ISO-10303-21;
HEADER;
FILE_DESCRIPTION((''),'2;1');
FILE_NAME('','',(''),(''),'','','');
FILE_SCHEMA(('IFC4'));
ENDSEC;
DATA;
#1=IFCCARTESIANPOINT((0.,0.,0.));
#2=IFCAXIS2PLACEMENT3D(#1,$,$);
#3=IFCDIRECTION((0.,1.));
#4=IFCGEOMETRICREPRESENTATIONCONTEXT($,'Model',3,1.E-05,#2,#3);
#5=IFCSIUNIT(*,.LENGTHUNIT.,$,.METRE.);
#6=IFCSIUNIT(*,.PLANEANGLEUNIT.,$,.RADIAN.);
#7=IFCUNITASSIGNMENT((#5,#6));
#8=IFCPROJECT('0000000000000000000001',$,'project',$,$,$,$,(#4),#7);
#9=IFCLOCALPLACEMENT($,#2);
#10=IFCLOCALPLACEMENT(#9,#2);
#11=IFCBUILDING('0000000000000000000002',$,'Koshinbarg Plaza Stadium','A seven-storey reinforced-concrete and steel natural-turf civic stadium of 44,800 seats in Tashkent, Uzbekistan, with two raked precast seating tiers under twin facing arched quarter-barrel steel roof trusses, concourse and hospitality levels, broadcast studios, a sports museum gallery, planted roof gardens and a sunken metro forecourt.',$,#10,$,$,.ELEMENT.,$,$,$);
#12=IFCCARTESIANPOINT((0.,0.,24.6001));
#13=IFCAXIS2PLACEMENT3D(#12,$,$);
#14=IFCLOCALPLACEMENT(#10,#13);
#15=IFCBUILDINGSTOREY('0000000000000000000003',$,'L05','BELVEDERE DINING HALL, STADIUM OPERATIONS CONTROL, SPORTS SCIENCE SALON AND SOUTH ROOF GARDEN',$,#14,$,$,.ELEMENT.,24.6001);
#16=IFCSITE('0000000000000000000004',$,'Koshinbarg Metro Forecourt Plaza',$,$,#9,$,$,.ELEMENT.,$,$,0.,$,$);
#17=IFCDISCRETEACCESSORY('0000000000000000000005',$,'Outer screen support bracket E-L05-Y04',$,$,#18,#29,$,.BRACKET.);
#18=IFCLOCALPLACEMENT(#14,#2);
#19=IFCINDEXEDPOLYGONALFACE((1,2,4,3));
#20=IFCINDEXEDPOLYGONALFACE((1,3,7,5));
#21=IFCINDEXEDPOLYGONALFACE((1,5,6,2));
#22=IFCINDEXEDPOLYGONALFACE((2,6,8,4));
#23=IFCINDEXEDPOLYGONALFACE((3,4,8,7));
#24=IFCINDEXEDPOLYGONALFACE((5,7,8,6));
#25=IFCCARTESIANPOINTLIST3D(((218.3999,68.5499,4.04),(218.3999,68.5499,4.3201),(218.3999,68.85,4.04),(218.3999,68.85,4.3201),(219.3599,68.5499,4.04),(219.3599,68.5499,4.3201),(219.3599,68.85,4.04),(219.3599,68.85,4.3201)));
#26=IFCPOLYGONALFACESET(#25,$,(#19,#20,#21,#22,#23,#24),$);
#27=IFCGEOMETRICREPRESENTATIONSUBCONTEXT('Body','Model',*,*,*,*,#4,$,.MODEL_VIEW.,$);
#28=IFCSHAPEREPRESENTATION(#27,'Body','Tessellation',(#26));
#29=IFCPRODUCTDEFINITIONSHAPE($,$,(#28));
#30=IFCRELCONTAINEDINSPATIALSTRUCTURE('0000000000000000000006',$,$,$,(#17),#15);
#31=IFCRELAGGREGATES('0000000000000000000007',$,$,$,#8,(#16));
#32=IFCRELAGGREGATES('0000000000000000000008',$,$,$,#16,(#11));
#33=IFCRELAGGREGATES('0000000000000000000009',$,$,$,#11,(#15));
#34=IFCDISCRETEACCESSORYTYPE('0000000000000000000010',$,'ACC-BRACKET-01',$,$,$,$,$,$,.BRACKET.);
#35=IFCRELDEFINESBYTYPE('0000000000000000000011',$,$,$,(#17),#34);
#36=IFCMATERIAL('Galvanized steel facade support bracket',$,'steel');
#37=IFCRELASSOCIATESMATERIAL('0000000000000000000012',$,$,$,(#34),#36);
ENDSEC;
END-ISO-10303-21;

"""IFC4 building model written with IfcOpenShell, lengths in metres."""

from ifc_helpers import new_model, si_unit, direction, frame, origin, origin_2d, place, context, subcontext, project, spatial, rectangle, extrude, material, type_object, element, save


model = new_model("IFC4")

# Units and contexts
model_context = context("Model", 3, precision=1e-05, world=origin(), true_north=direction((0.0, 1.0)))
body_context = subcontext(model_context, "Body", "Model", "MODEL_VIEW")
ifc_project = project(units=[si_unit("LENGTHUNIT", "METRE"), si_unit("PLANEANGLEUNIT", "RADIAN")], contexts=[model_context])

# Site, building, storey
site_placement = place(None, origin())
site = spatial("IfcSite", under=ifc_project, at=site_placement, Name="Koshinbarg Metro Forecourt Plaza", CompositionType="ELEMENT", RefElevation=0.0)
building_placement = place(site_placement, origin())
building = spatial("IfcBuilding", under=site, at=building_placement, Name="Koshinbarg Plaza Stadium", Description="A seven-storey reinforced-concrete and steel natural-turf civic stadium of 44,800 seats in Tashkent, Uzbekistan, with two raked precast seating tiers under twin facing arched quarter-barrel steel roof trusses, concourse and hospitality levels, broadcast studios, a sports museum gallery, planted roof gardens and a sunken metro forecourt.", CompositionType="ELEMENT")
storey_placement = place(building_placement, frame((0.0, 0.0, 24.6001)))
storey = spatial("IfcBuildingStorey", under=building, at=storey_placement, Name="L05", Description="BELVEDERE DINING HALL, STADIUM OPERATIONS CONTROL, SPORTS SCIENCE SALON AND SOUTH ROOF GARDEN", CompositionType="ELEMENT", Elevation=24.6001)

# Discrete accessory
ifc_material_1 = material(Name="Galvanized steel facade support bracket", Category="steel")
discrete_accessory_type = type_object("IfcDiscreteAccessoryType", Name="ACC-BRACKET-01", PredefinedType="BRACKET", material=ifc_material_1)
for number, where, z_axis, x_axis, name in (
    (1, (218.8799, 68.7, 4.04), (0.0, 0.0, 1.0), (1.0, 0.0, 0.0), "Outer screen support bracket E-L05-Y04"),
):
    element("IfcDiscreteAccessory", number, at=place(storey_placement, frame(where, z_axis=z_axis, x_axis=x_axis)), inside=storey, type_object=discrete_accessory_type, Name=name, PredefinedType="BRACKET", context=body_context, shape_type="SweptSolid", body=[
        extrude(rectangle(XDim=0.96, YDim=0.3, at=origin_2d()), origin(), (0.0, 0.0, 1.0), 0.28),
    ])

save(model, "model.ifc")
